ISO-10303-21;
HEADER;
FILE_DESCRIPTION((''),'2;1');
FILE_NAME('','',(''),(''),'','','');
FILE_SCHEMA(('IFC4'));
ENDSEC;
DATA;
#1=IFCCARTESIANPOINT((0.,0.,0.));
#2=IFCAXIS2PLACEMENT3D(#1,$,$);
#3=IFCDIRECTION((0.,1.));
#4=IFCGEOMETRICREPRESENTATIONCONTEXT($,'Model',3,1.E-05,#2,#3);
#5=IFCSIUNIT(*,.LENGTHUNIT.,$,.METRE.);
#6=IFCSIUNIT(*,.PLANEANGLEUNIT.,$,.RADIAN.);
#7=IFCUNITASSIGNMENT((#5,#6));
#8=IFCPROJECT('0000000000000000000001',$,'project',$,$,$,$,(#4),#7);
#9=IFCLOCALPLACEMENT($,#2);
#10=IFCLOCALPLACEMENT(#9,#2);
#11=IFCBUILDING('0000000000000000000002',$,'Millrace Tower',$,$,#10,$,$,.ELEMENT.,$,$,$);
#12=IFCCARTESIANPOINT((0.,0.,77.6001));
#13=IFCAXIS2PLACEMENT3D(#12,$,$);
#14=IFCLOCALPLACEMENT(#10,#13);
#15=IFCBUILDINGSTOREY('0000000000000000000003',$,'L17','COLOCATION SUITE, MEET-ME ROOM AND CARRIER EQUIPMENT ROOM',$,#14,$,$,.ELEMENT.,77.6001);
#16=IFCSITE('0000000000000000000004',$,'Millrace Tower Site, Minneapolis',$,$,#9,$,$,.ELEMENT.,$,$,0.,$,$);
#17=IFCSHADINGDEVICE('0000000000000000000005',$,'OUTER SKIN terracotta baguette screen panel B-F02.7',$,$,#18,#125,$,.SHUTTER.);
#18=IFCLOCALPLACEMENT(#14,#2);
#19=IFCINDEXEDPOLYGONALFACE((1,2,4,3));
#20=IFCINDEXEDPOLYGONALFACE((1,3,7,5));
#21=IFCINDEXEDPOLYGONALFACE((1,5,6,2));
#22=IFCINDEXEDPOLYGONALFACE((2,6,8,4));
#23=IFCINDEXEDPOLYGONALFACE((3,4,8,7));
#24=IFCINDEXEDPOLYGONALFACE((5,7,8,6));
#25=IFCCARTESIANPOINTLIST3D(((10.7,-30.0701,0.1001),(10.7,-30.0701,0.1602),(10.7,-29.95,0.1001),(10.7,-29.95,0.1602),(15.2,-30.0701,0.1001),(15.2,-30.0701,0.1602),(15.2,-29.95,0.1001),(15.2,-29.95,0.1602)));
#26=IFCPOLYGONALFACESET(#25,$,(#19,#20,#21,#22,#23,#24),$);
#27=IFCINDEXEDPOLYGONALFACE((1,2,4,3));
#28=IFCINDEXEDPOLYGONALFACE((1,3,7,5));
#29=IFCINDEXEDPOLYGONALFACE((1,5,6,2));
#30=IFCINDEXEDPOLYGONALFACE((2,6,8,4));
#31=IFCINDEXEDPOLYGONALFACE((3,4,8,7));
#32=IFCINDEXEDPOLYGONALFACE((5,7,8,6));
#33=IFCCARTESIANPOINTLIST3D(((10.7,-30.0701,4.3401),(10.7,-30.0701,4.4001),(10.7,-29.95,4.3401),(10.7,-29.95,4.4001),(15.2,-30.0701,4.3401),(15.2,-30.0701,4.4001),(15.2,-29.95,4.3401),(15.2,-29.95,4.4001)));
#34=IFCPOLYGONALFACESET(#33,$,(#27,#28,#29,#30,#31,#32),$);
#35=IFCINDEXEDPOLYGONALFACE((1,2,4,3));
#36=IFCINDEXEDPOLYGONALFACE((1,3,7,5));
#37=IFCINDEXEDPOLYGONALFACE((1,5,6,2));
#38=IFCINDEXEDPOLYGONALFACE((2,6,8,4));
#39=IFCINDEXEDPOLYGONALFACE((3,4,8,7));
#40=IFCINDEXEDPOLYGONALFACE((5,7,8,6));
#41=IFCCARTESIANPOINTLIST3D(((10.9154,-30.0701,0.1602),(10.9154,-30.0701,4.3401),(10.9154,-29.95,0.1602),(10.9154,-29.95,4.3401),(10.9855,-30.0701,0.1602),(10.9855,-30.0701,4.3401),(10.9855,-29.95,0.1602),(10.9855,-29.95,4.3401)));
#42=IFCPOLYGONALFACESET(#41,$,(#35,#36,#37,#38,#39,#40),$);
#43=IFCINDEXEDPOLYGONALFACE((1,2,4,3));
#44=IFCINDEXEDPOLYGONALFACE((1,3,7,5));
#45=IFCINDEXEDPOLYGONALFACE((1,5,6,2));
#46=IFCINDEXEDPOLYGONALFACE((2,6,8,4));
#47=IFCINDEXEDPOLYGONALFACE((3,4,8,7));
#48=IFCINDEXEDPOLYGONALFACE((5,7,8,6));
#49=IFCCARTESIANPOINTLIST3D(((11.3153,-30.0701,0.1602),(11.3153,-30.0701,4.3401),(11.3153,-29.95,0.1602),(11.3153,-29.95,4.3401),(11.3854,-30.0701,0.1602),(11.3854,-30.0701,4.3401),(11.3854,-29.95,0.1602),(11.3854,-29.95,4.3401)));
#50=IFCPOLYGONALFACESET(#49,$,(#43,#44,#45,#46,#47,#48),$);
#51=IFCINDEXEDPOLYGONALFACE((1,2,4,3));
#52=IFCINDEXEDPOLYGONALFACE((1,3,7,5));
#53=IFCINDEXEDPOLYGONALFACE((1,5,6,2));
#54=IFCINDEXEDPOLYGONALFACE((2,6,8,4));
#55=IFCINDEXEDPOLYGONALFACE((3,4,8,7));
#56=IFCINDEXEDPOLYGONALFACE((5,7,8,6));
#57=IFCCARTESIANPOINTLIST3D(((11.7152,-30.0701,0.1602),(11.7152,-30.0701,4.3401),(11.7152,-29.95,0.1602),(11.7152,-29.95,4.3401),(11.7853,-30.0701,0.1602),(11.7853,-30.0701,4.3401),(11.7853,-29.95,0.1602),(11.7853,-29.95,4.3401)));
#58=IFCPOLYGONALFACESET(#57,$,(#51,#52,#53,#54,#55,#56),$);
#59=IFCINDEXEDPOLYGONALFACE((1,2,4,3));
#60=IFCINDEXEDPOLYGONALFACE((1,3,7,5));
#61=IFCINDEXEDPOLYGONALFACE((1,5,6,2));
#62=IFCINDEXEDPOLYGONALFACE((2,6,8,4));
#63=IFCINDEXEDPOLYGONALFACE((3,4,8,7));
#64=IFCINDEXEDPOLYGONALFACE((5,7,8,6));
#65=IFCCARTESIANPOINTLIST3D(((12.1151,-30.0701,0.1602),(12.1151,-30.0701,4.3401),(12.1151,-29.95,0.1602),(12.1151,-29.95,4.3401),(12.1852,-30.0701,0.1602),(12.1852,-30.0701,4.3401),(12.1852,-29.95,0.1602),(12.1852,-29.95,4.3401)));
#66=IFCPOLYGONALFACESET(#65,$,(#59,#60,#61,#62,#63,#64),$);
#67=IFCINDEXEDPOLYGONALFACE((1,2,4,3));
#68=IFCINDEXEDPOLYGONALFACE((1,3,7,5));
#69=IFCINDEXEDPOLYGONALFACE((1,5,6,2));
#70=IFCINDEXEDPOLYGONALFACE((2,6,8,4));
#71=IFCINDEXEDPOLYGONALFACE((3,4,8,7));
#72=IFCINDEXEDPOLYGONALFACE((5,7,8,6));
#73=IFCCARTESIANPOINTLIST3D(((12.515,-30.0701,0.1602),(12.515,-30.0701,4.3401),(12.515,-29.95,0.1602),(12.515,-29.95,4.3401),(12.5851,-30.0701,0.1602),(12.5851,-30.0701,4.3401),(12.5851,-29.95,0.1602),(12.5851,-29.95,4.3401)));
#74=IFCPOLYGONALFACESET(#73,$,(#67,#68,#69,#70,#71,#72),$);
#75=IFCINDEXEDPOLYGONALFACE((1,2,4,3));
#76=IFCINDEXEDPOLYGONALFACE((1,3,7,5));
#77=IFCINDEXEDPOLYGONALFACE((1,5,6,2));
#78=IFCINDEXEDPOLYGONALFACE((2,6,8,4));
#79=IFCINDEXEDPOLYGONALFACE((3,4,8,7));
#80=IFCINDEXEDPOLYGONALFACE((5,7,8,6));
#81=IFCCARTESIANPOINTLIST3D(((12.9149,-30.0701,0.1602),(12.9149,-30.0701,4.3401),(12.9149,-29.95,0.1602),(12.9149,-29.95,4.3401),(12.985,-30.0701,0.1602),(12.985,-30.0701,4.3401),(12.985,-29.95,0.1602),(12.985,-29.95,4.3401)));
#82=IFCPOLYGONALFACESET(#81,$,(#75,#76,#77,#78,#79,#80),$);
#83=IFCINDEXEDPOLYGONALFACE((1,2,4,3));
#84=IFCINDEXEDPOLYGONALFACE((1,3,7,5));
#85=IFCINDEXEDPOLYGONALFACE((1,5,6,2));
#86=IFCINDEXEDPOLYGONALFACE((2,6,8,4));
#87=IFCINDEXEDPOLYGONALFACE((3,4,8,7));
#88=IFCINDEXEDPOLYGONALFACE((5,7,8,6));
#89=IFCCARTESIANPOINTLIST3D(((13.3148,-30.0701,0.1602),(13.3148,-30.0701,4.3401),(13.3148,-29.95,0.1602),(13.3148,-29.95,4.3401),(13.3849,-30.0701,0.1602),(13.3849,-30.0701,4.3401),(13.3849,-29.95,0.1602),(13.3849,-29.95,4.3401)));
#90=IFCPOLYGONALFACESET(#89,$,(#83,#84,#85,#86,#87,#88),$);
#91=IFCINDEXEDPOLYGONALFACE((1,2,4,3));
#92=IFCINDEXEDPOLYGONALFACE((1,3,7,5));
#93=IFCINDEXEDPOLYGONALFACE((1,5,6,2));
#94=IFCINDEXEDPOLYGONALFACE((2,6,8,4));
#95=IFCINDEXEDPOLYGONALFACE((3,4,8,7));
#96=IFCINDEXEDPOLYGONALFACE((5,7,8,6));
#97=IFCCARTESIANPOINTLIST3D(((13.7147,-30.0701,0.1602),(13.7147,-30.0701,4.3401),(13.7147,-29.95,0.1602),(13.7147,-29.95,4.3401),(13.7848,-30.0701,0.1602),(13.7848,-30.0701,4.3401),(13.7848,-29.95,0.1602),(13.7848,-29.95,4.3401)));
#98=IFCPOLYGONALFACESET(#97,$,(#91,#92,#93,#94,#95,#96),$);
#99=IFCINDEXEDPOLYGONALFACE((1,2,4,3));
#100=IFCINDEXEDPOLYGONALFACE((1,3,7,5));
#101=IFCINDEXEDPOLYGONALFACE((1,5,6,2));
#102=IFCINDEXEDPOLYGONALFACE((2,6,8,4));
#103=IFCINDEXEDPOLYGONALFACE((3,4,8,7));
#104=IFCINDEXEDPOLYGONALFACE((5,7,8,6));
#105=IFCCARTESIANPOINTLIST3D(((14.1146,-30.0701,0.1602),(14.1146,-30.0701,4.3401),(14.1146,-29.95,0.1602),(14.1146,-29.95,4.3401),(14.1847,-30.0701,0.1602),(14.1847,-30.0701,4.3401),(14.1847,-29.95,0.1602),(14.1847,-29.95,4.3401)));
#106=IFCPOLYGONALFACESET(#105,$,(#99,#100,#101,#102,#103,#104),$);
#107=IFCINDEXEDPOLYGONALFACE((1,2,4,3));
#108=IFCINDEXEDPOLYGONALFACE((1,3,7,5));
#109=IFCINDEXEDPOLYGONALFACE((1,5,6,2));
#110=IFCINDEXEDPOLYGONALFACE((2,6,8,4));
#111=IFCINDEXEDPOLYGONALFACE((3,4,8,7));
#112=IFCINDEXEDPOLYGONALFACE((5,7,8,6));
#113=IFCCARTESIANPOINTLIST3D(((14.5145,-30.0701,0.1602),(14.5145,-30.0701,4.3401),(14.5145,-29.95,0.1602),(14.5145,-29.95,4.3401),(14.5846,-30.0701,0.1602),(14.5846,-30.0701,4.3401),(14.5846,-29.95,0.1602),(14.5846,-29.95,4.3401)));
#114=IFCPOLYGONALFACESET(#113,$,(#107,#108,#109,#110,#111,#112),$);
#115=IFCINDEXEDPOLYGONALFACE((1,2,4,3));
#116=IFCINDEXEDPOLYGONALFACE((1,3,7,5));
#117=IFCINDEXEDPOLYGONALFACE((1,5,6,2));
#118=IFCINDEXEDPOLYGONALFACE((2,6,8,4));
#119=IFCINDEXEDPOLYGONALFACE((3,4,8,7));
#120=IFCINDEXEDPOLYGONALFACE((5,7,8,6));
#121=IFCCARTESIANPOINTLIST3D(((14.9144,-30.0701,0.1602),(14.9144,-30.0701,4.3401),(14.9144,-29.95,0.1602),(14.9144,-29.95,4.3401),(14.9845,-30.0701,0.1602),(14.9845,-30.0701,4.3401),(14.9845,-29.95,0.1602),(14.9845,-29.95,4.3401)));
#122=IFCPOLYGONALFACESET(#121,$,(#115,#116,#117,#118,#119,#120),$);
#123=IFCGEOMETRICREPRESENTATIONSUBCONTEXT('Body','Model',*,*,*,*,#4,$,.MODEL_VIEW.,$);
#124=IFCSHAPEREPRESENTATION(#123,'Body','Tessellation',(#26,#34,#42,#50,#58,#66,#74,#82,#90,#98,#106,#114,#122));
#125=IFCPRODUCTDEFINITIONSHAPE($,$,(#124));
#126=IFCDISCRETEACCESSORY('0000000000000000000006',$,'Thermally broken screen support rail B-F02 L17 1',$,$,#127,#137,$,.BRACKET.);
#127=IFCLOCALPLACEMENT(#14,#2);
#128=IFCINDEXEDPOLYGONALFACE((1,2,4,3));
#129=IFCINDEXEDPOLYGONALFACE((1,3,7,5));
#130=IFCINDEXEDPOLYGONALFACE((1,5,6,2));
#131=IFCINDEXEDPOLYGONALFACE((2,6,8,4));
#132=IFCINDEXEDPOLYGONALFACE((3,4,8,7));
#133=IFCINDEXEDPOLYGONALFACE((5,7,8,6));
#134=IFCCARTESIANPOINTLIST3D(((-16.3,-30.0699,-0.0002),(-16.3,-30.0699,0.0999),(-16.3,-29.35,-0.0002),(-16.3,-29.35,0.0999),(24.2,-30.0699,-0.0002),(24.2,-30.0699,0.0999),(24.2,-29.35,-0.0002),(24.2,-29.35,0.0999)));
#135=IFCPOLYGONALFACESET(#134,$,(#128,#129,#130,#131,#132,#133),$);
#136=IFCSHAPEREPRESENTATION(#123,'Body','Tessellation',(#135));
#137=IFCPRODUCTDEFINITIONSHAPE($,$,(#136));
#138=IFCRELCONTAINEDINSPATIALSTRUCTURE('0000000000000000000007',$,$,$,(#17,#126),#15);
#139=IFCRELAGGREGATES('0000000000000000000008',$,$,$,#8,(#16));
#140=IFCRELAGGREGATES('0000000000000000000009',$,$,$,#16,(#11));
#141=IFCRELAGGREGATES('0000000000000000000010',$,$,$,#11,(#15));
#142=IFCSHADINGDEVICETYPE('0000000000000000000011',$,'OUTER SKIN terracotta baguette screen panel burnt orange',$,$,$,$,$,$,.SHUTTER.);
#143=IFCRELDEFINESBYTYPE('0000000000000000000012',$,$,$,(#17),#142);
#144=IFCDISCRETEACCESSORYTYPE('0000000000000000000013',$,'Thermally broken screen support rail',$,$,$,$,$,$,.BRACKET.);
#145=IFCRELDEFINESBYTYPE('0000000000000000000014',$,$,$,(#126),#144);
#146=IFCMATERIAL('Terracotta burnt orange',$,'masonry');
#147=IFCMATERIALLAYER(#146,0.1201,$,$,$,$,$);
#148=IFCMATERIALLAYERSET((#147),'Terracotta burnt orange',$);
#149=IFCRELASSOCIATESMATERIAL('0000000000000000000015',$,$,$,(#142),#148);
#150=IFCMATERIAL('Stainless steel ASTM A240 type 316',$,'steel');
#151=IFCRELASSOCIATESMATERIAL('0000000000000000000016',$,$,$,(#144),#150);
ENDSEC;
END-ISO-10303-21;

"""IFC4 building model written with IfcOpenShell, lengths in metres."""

from ifc_helpers import new_model, entity, si_unit, direction, frame, frame_2d, origin, origin_2d, place, context, subcontext, project, spatial, rectangle, extrude, source, transform, mapped, material, layer, layer_set, type_object, element, save


model = new_model("IFC4")

# Units and contexts
model_context = context("Model", 3, precision=1e-05, world=origin(), true_north=direction((0.0, 1.0)))
body_context = subcontext(model_context, "Body", "Model", "MODEL_VIEW")
ifc_project = project(units=[si_unit("LENGTHUNIT", "METRE"), si_unit("PLANEANGLEUNIT", "RADIAN")], contexts=[model_context])

# Site, building, storey
site_placement = place(None, origin())
site = spatial("IfcSite", under=ifc_project, at=site_placement, Name="Millrace Tower Site, Minneapolis", CompositionType="ELEMENT", RefElevation=0.0)
building_placement = place(site_placement, origin())
building = spatial("IfcBuilding", under=site, at=building_placement, Name="Millrace Tower", CompositionType="ELEMENT")
storey_placement = place(building_placement, frame((0.0, 0.0, 77.6001)))
storey = spatial("IfcBuildingStorey", under=building, at=storey_placement, Name="L17", Description="COLOCATION SUITE, MEET-ME ROOM AND CARRIER EQUIPMENT ROOM", CompositionType="ELEMENT", Elevation=77.6001)

# Shading device
ifc_material_1 = material(Name="Terracotta burnt orange", Category="masonry")
ifc_layer_1 = layer(ifc_material_1, 0.1201)
ifc_layer_set_1 = layer_set([ifc_layer_1], Name="Terracotta burnt orange")
shading_device_type = type_object("IfcShadingDeviceType", Name="OUTER SKIN terracotta baguette screen panel burnt orange", PredefinedType="SHUTTER", material=ifc_layer_set_1)
cartesian_point = entity("IfcCartesianPoint", [-2.25, 0.0601])
shared_polyline = entity("IfcPolyline", [cartesian_point, entity("IfcCartesianPoint", [2.25, 0.0601]), entity("IfcCartesianPoint", [2.25, -0.0601]), entity("IfcCartesianPoint", [-2.25, -0.0601]), cartesian_point])
shared_shape = source(origin(), body_context, "Body", "SweptSolid", [
    entity("IfcExtrudedAreaSolid", entity("IfcArbitraryClosedProfileDef", "AREA", None, shared_polyline), entity("IfcAxis2Placement3D", entity("IfcCartesianPoint", [0.0, 0.0, 0.0])), entity("IfcDirection", [0.0, 0.0, 1.0]), 0.0601),
    entity("IfcExtrudedAreaSolid", entity("IfcArbitraryClosedProfileDef", "AREA", None, shared_polyline), entity("IfcAxis2Placement3D", entity("IfcCartesianPoint", [0.0, 0.0, 4.24])), entity("IfcDirection", [0.0, 0.0, 1.0]), 0.0601),
    extrude(rectangle(XDim=0.0701, YDim=0.1201, at=frame_2d((-1.9995, 0.0))), frame((0.0, 0.0, 0.0601)), (0.0, 0.0, 1.0), 4.1799),
    extrude(rectangle(XDim=0.0701, YDim=0.1201, at=frame_2d((-1.5996, 0.0))), frame((0.0, 0.0, 0.0601)), (0.0, 0.0, 1.0), 4.1799),
    extrude(rectangle(XDim=0.0701, YDim=0.1201, at=frame_2d((-1.1997, 0.0))), frame((0.0, 0.0, 0.0601)), (0.0, 0.0, 1.0), 4.1799),
    extrude(rectangle(XDim=0.0701, YDim=0.1201, at=frame_2d((-0.7998, 0.0))), frame((0.0, 0.0, 0.0601)), (0.0, 0.0, 1.0), 4.1799),
    extrude(rectangle(XDim=0.0701, YDim=0.1201, at=frame_2d((-0.3999, 0.0))), frame((0.0, 0.0, 0.0601)), (0.0, 0.0, 1.0), 4.1799),
    extrude(rectangle(XDim=0.0701, YDim=0.1201, at=origin_2d()), frame((0.0, 0.0, 0.0601)), (0.0, 0.0, 1.0), 4.1799),
    extrude(rectangle(XDim=0.0701, YDim=0.1201, at=frame_2d((0.3999, 0.0))), frame((0.0, 0.0, 0.0601)), (0.0, 0.0, 1.0), 4.1799),
    extrude(rectangle(XDim=0.0701, YDim=0.1201, at=frame_2d((0.7998, 0.0))), frame((0.0, 0.0, 0.0601)), (0.0, 0.0, 1.0), 4.1799),
    extrude(rectangle(XDim=0.0701, YDim=0.1201, at=frame_2d((1.1997, 0.0))), frame((0.0, 0.0, 0.0601)), (0.0, 0.0, 1.0), 4.1799),
    extrude(rectangle(XDim=0.0701, YDim=0.1201, at=frame_2d((1.5996, 0.0))), frame((0.0, 0.0, 0.0601)), (0.0, 0.0, 1.0), 4.1799),
    extrude(rectangle(XDim=0.0701, YDim=0.1201, at=frame_2d((1.9995, 0.0))), frame((0.0, 0.0, 0.0601)), (0.0, 0.0, 1.0), 4.1799),
])
for number, where, z_axis, x_axis, name in (
    (1, (12.95, -30.01, 0.1001), (0.0, 0.0, 1.0), (1.0, 0.0, 0.0), "OUTER SKIN terracotta baguette screen panel B-F02.7"),
):
    element("IfcShadingDevice", number, at=place(storey_placement, frame(where, z_axis=z_axis, x_axis=x_axis)), inside=storey, type_object=shading_device_type, Name=name, PredefinedType="SHUTTER", context=body_context, shape_type="MappedRepresentation", body=[
        mapped(shared_shape, transform((0.0, 0.0, 0.0), scale=1.0)),
    ])

# Discrete accessory
ifc_material_2 = material(Name="Stainless steel ASTM A240 type 316", Category="steel")
discrete_accessory_type = type_object("IfcDiscreteAccessoryType", Name="Thermally broken screen support rail", PredefinedType="BRACKET", material=ifc_material_2)
discrete_accessory_placement = place(storey_placement, frame((3.95, -29.71, -0.0002), z_axis=(0.0, 0.0, 1.0), x_axis=(1.0, 0.0, 0.0)))
element("IfcDiscreteAccessory", 2, at=discrete_accessory_placement, inside=storey, type_object=discrete_accessory_type, Name="Thermally broken screen support rail B-F02 L17 1", PredefinedType="BRACKET", context=body_context, shape_type="SweptSolid", body=[
    extrude(rectangle(XDim=40.5, YDim=0.72, at=origin_2d()), origin(), (0.0, 0.0, 1.0), 0.1001),
])

save(model, "model.ifc")
